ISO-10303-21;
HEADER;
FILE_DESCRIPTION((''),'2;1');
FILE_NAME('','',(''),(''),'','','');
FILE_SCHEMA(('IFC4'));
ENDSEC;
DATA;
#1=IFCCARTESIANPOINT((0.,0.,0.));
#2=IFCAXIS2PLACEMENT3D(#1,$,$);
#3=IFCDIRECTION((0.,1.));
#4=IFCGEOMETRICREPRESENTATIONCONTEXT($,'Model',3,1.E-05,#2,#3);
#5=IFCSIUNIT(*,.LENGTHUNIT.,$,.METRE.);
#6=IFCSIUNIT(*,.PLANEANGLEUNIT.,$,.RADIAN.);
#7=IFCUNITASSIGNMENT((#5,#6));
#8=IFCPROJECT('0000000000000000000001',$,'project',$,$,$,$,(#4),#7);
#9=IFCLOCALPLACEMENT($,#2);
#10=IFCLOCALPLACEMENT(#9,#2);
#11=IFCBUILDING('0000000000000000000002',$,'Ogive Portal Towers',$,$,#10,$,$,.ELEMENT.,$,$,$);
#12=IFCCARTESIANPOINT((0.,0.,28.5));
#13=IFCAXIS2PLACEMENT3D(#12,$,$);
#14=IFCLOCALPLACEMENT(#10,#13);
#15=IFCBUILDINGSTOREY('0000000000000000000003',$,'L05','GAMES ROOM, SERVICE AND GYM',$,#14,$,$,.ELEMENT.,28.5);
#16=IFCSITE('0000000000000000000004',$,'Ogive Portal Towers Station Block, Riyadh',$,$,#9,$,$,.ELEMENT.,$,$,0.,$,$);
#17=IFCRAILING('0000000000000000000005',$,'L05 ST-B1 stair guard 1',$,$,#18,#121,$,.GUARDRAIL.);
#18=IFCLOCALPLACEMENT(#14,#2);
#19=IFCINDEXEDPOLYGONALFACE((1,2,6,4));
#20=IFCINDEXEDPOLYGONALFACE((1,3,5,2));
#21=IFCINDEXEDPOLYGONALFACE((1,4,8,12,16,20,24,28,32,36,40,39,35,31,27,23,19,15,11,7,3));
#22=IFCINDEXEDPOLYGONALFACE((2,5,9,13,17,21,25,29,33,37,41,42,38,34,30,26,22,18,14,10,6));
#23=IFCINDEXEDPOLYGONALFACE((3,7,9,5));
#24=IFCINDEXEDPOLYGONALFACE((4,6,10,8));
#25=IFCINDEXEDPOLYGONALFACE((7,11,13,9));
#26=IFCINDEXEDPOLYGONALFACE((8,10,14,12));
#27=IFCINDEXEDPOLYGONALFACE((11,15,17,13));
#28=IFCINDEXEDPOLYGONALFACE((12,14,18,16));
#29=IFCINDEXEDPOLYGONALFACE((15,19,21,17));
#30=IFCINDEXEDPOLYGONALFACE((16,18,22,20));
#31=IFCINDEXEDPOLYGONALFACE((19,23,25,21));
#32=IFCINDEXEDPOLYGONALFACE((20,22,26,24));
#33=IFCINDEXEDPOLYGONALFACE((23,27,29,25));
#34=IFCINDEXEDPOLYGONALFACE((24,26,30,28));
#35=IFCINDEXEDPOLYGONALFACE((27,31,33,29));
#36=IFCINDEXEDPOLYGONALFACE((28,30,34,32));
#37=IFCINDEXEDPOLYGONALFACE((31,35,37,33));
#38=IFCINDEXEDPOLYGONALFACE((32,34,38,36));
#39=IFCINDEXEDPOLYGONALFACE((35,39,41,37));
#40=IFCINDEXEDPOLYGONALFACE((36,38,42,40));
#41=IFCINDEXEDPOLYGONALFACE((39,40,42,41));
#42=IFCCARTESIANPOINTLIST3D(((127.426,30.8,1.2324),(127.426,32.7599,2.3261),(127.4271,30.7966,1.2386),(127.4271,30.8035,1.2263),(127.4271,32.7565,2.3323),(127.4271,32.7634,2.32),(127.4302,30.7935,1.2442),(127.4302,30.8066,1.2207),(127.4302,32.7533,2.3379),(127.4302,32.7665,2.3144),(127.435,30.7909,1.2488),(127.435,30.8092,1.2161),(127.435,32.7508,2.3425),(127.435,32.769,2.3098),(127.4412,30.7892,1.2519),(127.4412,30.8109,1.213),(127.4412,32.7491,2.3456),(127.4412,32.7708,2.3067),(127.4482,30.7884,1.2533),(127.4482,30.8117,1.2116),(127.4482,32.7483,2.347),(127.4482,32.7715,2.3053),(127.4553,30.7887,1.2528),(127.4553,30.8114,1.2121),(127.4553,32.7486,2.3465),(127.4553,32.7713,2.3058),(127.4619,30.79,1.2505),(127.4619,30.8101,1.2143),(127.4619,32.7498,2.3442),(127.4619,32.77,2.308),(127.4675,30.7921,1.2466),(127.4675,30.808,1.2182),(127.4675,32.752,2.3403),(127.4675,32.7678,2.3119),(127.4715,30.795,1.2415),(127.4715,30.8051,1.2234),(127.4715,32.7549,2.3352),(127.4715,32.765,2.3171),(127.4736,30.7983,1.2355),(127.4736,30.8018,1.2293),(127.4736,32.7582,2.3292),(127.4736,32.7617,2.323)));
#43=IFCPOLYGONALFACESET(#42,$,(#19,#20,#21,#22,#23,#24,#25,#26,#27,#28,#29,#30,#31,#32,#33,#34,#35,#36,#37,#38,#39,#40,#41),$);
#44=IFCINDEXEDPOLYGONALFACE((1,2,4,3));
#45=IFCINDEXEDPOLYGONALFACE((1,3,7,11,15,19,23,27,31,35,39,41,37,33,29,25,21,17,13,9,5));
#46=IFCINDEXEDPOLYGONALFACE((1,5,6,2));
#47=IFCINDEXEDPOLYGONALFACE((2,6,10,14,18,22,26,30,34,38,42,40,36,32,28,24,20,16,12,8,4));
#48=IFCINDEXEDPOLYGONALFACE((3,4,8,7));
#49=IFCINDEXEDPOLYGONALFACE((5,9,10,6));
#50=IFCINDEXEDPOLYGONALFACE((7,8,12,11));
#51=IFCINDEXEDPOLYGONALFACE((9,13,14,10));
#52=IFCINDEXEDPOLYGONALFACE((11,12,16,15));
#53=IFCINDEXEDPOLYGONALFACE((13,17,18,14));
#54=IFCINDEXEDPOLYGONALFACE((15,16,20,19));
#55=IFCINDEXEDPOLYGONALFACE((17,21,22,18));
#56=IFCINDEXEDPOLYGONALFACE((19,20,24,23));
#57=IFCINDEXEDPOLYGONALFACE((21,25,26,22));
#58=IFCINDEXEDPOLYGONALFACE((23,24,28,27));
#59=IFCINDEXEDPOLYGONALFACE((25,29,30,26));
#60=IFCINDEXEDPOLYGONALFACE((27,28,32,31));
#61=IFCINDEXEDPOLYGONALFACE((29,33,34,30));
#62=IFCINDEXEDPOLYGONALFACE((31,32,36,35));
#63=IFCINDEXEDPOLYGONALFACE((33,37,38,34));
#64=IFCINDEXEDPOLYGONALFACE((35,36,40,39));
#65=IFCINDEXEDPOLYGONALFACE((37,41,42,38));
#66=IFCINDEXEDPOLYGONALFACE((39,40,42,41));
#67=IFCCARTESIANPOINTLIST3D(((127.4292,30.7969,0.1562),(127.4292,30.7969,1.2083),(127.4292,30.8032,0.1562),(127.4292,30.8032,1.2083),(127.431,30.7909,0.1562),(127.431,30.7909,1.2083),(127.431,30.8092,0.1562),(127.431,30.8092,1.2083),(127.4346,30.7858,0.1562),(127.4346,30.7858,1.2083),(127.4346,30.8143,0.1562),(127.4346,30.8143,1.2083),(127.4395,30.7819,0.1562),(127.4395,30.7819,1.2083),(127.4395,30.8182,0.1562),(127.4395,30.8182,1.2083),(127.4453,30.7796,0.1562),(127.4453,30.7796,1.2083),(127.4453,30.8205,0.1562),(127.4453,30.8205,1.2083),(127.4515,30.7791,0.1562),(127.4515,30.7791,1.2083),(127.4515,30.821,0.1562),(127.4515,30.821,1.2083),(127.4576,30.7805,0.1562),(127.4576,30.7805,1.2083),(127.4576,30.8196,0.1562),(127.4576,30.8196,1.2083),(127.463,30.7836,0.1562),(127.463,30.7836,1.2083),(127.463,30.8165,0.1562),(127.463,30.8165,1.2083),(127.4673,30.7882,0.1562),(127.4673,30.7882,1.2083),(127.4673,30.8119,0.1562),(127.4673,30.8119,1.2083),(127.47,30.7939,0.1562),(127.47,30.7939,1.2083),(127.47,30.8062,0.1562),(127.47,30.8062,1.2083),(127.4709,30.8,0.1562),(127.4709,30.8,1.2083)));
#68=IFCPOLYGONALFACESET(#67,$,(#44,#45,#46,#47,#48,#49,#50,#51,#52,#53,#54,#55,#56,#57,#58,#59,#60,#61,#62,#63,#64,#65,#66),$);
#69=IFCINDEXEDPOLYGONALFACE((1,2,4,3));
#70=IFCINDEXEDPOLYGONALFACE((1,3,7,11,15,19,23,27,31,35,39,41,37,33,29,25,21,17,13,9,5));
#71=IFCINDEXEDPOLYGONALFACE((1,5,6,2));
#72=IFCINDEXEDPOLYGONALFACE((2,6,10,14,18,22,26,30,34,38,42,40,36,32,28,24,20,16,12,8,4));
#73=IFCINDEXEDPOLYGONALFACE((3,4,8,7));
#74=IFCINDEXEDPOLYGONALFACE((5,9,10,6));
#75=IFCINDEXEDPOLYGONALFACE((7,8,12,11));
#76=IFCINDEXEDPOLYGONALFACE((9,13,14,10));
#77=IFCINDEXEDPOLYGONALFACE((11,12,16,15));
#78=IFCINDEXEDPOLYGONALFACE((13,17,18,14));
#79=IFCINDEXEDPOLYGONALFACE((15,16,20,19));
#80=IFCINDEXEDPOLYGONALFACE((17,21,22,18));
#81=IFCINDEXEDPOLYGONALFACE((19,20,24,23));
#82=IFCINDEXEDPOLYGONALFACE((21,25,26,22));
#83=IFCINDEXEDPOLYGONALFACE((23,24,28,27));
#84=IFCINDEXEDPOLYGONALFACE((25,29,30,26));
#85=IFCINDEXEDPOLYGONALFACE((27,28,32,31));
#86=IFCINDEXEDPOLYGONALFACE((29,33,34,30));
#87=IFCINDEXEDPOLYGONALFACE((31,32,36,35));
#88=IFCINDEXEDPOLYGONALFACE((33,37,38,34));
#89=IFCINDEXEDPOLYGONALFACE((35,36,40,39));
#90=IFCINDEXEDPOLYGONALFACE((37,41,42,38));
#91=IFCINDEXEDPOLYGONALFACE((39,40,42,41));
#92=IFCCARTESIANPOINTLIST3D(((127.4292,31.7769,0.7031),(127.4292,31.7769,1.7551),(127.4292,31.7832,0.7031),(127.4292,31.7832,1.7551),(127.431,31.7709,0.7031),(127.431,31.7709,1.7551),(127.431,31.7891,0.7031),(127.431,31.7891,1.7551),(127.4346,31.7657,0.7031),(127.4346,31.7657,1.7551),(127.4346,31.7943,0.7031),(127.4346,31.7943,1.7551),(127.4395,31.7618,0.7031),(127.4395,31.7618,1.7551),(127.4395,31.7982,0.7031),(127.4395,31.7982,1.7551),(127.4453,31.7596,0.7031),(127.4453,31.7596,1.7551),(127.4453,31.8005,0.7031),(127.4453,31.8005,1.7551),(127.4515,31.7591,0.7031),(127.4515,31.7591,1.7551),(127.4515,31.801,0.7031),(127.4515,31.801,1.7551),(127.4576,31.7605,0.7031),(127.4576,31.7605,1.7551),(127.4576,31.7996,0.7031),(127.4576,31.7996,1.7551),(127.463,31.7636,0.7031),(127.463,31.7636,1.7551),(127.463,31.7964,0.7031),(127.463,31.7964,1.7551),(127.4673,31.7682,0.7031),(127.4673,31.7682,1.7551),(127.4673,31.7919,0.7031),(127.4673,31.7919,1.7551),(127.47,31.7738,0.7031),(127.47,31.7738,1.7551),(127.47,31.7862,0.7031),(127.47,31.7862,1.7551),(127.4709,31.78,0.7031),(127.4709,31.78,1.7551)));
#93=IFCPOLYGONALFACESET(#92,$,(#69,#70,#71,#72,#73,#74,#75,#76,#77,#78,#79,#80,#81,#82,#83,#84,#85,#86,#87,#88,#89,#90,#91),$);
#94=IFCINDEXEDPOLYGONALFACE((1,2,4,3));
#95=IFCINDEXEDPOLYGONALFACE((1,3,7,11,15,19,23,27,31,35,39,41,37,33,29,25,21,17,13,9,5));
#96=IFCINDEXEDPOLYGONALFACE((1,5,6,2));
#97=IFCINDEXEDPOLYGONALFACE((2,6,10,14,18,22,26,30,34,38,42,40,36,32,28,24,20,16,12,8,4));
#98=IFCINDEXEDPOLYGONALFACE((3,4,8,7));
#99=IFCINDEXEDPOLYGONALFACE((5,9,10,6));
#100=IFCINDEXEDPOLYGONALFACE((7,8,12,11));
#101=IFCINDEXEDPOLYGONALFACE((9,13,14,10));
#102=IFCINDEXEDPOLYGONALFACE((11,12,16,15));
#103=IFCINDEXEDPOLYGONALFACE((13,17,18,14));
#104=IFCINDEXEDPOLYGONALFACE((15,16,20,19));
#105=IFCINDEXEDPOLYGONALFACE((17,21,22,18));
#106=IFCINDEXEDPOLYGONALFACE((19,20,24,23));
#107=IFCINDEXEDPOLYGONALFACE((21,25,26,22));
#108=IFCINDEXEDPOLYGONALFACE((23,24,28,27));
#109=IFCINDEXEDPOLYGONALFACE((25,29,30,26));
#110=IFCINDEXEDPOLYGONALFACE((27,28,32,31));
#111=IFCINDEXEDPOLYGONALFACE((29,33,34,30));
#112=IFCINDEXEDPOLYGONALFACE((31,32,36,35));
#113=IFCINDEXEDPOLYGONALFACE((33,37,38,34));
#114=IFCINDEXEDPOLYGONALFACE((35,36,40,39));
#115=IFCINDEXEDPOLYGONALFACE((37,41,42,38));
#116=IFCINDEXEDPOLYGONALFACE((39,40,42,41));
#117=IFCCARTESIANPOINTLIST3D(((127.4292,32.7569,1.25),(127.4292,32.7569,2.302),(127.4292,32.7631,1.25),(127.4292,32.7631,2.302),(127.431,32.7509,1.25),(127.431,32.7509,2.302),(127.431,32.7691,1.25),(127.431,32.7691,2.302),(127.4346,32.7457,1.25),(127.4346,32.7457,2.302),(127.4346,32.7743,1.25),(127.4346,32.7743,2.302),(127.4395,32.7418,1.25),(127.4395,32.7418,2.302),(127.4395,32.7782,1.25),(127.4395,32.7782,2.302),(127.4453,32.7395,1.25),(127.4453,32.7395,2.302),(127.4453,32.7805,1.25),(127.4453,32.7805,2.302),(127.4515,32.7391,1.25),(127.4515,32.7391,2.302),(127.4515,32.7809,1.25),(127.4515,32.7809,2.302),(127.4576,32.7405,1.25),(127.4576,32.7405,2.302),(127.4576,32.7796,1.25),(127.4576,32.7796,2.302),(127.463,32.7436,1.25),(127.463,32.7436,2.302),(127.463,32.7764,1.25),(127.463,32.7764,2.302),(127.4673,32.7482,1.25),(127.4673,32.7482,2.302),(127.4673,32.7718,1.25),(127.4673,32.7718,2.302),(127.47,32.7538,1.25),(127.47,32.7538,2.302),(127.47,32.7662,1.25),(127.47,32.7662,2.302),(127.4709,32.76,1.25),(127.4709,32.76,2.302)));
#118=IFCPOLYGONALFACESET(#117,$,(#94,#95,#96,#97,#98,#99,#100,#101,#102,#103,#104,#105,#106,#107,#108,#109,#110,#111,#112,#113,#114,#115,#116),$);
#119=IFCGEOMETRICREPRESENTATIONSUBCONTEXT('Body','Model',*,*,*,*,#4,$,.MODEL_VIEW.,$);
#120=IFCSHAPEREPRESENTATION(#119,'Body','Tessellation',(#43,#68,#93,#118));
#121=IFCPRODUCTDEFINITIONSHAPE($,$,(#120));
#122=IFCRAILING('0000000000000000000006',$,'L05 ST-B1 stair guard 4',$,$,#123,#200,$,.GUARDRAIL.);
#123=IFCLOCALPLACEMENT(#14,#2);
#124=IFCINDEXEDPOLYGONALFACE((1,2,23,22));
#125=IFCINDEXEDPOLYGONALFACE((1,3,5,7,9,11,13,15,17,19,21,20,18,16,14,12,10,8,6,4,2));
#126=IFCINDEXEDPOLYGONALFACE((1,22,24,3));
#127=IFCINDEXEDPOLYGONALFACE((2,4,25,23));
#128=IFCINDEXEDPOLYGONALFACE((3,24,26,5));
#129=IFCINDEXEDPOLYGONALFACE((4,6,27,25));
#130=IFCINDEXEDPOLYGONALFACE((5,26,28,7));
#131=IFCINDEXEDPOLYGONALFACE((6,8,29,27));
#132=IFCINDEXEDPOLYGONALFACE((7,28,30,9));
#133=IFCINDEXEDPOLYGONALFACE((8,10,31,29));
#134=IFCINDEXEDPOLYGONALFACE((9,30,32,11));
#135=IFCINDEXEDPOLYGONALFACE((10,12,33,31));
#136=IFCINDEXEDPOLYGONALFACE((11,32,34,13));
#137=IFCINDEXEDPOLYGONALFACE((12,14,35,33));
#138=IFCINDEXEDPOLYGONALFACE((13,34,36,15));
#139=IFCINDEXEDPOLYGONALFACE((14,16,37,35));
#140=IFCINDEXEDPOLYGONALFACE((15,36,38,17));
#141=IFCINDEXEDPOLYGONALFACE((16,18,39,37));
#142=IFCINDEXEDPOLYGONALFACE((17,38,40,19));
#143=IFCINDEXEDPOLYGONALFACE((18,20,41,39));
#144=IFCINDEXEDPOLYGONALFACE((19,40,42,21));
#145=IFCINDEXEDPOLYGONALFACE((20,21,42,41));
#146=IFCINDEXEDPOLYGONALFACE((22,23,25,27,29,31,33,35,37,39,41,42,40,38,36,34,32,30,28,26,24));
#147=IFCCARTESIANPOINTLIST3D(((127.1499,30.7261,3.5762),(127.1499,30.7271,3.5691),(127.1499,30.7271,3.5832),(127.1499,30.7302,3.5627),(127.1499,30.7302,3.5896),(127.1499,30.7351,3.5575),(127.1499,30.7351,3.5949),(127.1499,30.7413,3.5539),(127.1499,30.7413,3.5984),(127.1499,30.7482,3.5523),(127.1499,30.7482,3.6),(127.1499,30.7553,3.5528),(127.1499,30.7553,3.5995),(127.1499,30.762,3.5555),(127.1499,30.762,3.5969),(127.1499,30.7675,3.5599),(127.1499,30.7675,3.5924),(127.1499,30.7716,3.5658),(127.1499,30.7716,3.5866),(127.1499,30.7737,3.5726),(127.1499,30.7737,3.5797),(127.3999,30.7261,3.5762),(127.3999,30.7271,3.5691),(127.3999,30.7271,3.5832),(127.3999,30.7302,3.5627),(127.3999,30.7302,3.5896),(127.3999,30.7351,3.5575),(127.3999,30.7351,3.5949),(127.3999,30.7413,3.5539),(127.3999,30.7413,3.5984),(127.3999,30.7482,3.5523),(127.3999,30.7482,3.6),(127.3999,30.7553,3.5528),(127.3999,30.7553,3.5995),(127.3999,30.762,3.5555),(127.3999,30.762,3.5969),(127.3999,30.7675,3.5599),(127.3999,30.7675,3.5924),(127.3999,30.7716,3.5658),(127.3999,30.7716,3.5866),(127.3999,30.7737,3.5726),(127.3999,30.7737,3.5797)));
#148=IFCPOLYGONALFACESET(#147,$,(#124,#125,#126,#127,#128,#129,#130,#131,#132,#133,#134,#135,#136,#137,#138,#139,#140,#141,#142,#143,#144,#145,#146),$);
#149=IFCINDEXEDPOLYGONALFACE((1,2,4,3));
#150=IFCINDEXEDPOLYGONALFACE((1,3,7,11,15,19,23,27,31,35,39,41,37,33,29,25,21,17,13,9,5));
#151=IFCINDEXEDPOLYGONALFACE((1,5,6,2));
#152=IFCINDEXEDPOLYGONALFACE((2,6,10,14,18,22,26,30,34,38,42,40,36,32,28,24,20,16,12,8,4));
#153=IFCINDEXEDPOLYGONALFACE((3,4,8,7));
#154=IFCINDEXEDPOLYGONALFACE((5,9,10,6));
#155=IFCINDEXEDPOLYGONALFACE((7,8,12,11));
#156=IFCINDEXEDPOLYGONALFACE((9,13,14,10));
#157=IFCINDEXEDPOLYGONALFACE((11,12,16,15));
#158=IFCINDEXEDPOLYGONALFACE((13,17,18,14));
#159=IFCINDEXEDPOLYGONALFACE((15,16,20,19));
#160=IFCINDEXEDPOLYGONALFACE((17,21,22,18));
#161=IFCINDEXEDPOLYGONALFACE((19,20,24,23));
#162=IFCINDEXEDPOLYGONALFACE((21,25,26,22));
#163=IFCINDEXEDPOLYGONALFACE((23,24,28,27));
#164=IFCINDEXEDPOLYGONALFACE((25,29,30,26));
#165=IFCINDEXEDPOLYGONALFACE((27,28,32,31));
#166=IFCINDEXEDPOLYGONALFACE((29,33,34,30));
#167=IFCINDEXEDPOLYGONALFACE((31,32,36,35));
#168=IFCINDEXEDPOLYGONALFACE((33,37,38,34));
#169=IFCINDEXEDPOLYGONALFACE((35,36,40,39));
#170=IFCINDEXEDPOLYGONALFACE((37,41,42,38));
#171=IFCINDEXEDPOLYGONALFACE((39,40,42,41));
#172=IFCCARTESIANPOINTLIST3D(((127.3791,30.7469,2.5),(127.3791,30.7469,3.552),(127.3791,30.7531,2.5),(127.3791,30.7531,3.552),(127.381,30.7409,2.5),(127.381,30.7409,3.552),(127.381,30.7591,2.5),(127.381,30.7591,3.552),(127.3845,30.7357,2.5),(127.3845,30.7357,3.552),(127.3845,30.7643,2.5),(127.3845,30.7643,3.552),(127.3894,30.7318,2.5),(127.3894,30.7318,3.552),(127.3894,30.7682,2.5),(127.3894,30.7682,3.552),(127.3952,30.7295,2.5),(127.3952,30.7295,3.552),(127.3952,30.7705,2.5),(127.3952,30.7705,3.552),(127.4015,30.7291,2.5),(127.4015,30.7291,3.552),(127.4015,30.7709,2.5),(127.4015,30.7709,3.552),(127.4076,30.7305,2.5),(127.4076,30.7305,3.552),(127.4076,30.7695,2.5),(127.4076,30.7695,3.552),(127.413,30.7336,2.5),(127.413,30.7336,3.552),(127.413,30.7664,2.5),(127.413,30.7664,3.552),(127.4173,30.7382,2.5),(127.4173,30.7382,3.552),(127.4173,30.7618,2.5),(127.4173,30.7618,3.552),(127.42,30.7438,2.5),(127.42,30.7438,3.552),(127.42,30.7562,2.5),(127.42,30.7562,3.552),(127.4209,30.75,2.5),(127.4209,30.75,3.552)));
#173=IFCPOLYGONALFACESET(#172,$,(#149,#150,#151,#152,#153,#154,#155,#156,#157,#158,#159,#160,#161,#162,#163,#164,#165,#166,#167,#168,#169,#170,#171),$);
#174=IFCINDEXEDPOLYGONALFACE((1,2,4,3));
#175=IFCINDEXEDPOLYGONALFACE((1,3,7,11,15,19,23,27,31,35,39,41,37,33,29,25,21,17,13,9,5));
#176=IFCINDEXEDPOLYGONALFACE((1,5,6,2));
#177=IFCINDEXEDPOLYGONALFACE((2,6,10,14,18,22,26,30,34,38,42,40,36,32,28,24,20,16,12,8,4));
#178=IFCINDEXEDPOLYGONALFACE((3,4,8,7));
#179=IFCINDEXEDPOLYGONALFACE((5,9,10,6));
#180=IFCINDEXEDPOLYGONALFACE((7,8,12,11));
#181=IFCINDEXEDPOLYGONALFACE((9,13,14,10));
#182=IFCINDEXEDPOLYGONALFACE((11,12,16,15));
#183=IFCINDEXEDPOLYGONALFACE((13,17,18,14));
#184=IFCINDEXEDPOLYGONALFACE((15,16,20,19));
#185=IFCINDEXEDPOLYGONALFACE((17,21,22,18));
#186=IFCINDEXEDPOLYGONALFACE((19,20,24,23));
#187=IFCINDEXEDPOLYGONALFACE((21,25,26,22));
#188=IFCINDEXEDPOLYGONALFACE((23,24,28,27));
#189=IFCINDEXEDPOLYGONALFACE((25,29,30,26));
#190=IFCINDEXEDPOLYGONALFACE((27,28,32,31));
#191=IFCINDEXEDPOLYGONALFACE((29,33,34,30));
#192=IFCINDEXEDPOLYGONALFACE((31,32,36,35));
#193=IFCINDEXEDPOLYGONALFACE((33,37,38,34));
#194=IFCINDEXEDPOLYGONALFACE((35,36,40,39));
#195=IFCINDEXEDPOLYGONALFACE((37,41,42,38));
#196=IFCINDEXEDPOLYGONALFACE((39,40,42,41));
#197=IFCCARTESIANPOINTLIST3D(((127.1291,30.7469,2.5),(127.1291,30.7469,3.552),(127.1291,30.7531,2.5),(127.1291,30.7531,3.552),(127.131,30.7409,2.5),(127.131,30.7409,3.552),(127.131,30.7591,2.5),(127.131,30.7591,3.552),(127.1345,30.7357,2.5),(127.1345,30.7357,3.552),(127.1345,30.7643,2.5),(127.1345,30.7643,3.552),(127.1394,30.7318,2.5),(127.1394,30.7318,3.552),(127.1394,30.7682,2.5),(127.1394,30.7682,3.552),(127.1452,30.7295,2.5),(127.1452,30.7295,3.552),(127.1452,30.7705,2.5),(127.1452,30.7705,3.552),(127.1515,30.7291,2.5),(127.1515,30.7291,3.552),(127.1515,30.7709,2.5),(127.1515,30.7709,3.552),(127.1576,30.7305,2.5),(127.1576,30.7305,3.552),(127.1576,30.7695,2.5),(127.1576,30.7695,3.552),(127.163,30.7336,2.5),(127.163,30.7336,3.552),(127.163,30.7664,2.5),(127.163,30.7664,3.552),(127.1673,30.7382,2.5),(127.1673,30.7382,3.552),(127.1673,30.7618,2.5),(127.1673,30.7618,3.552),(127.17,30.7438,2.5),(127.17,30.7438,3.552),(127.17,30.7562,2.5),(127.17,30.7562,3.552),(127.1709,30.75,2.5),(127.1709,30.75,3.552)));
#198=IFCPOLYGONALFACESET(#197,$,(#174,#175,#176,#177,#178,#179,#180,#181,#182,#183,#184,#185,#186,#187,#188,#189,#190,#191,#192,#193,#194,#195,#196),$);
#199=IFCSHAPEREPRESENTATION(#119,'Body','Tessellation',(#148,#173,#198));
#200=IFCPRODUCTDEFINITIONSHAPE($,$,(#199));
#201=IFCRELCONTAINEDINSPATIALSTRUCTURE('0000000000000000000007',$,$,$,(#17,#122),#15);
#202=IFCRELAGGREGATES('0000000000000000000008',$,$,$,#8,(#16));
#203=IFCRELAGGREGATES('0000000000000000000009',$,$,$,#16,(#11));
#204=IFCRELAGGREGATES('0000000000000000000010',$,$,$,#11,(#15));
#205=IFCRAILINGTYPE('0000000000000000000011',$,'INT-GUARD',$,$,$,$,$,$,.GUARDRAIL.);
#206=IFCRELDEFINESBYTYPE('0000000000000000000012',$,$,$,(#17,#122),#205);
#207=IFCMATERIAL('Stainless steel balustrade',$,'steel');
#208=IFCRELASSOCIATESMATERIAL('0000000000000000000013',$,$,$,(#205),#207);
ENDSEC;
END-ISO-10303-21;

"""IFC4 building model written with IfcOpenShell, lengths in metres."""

from ifc_helpers import new_model, si_unit, direction, frame, origin, origin_2d, place, context, subcontext, project, spatial, circle, extrude, material, type_object, element, save


model = new_model("IFC4")

# Units and contexts
model_context = context("Model", 3, precision=1e-05, world=origin(), true_north=direction((0.0, 1.0)))
body_context = subcontext(model_context, "Body", "Model", "MODEL_VIEW")
ifc_project = project(units=[si_unit("LENGTHUNIT", "METRE"), si_unit("PLANEANGLEUNIT", "RADIAN")], contexts=[model_context])

# Site, building, storey
site_placement = place(None, origin())
site = spatial("IfcSite", under=ifc_project, at=site_placement, Name="Ogive Portal Towers Station Block, Riyadh", CompositionType="ELEMENT", RefElevation=0.0)
building_placement = place(site_placement, origin())
building = spatial("IfcBuilding", under=site, at=building_placement, Name="Ogive Portal Towers", CompositionType="ELEMENT")
storey_placement = place(building_placement, frame((0.0, 0.0, 28.5)))
storey = spatial("IfcBuildingStorey", under=building, at=storey_placement, Name="L05", Description="GAMES ROOM, SERVICE AND GYM", CompositionType="ELEMENT", Elevation=28.5)

# Railings
ifc_material_1 = material(Name="Stainless steel balustrade", Category="steel")
railing_type = type_object("IfcRailingType", Name="INT-GUARD", PredefinedType="GUARDRAIL", material=ifc_material_1)
railing_1_placement = place(storey_placement, frame((127.45, 30.8, 0.1562)))
element("IfcRailing", 1, at=railing_1_placement, inside=storey, type_object=railing_type, Name="L05 ST-B1 stair guard 1", PredefinedType="GUARDRAIL", context=body_context, shape_type="SweptSolid", body=[
    extrude(circle(Radius=0.0239, at=origin_2d()), frame((0.0, 0.0, 1.0762), z_axis=(0.0, 0.873232, 0.487304), x_axis=(-1.0, 0.0, 0.0)), (0.0, 0.0, 1.0), 2.2444),
    extrude(circle(Radius=0.021, at=origin_2d()), origin(), (0.0, 0.0, 1.0), 1.052),
    extrude(circle(Radius=0.021, at=origin_2d()), frame((0.0, 0.98, 0.5469)), (0.0, 0.0, 1.0), 1.052),
    extrude(circle(Radius=0.021, at=origin_2d()), frame((0.0, 1.96, 1.0938)), (0.0, 0.0, 1.0), 1.052),
])
railing_2_placement = place(storey_placement, frame((127.3999, 30.75, 2.5)))
element("IfcRailing", 2, at=railing_2_placement, inside=storey, type_object=railing_type, Name="L05 ST-B1 stair guard 4", PredefinedType="GUARDRAIL", context=body_context, shape_type="SweptSolid", body=[
    extrude(circle(Radius=0.0239, at=origin_2d()), frame((0.0, 0.0, 1.0762), z_axis=(-1.0, 0.0, 0.0), x_axis=(0.0, -1.0, 0.0)), (0.0, 0.0, 1.0), 0.25),
    extrude(circle(Radius=0.021, at=origin_2d()), origin(), (0.0, 0.0, 1.0), 1.052),
    extrude(circle(Radius=0.021, at=origin_2d()), frame((-0.25, 0.0, 0.0)), (0.0, 0.0, 1.0), 1.052),
])

save(model, "model.ifc")
